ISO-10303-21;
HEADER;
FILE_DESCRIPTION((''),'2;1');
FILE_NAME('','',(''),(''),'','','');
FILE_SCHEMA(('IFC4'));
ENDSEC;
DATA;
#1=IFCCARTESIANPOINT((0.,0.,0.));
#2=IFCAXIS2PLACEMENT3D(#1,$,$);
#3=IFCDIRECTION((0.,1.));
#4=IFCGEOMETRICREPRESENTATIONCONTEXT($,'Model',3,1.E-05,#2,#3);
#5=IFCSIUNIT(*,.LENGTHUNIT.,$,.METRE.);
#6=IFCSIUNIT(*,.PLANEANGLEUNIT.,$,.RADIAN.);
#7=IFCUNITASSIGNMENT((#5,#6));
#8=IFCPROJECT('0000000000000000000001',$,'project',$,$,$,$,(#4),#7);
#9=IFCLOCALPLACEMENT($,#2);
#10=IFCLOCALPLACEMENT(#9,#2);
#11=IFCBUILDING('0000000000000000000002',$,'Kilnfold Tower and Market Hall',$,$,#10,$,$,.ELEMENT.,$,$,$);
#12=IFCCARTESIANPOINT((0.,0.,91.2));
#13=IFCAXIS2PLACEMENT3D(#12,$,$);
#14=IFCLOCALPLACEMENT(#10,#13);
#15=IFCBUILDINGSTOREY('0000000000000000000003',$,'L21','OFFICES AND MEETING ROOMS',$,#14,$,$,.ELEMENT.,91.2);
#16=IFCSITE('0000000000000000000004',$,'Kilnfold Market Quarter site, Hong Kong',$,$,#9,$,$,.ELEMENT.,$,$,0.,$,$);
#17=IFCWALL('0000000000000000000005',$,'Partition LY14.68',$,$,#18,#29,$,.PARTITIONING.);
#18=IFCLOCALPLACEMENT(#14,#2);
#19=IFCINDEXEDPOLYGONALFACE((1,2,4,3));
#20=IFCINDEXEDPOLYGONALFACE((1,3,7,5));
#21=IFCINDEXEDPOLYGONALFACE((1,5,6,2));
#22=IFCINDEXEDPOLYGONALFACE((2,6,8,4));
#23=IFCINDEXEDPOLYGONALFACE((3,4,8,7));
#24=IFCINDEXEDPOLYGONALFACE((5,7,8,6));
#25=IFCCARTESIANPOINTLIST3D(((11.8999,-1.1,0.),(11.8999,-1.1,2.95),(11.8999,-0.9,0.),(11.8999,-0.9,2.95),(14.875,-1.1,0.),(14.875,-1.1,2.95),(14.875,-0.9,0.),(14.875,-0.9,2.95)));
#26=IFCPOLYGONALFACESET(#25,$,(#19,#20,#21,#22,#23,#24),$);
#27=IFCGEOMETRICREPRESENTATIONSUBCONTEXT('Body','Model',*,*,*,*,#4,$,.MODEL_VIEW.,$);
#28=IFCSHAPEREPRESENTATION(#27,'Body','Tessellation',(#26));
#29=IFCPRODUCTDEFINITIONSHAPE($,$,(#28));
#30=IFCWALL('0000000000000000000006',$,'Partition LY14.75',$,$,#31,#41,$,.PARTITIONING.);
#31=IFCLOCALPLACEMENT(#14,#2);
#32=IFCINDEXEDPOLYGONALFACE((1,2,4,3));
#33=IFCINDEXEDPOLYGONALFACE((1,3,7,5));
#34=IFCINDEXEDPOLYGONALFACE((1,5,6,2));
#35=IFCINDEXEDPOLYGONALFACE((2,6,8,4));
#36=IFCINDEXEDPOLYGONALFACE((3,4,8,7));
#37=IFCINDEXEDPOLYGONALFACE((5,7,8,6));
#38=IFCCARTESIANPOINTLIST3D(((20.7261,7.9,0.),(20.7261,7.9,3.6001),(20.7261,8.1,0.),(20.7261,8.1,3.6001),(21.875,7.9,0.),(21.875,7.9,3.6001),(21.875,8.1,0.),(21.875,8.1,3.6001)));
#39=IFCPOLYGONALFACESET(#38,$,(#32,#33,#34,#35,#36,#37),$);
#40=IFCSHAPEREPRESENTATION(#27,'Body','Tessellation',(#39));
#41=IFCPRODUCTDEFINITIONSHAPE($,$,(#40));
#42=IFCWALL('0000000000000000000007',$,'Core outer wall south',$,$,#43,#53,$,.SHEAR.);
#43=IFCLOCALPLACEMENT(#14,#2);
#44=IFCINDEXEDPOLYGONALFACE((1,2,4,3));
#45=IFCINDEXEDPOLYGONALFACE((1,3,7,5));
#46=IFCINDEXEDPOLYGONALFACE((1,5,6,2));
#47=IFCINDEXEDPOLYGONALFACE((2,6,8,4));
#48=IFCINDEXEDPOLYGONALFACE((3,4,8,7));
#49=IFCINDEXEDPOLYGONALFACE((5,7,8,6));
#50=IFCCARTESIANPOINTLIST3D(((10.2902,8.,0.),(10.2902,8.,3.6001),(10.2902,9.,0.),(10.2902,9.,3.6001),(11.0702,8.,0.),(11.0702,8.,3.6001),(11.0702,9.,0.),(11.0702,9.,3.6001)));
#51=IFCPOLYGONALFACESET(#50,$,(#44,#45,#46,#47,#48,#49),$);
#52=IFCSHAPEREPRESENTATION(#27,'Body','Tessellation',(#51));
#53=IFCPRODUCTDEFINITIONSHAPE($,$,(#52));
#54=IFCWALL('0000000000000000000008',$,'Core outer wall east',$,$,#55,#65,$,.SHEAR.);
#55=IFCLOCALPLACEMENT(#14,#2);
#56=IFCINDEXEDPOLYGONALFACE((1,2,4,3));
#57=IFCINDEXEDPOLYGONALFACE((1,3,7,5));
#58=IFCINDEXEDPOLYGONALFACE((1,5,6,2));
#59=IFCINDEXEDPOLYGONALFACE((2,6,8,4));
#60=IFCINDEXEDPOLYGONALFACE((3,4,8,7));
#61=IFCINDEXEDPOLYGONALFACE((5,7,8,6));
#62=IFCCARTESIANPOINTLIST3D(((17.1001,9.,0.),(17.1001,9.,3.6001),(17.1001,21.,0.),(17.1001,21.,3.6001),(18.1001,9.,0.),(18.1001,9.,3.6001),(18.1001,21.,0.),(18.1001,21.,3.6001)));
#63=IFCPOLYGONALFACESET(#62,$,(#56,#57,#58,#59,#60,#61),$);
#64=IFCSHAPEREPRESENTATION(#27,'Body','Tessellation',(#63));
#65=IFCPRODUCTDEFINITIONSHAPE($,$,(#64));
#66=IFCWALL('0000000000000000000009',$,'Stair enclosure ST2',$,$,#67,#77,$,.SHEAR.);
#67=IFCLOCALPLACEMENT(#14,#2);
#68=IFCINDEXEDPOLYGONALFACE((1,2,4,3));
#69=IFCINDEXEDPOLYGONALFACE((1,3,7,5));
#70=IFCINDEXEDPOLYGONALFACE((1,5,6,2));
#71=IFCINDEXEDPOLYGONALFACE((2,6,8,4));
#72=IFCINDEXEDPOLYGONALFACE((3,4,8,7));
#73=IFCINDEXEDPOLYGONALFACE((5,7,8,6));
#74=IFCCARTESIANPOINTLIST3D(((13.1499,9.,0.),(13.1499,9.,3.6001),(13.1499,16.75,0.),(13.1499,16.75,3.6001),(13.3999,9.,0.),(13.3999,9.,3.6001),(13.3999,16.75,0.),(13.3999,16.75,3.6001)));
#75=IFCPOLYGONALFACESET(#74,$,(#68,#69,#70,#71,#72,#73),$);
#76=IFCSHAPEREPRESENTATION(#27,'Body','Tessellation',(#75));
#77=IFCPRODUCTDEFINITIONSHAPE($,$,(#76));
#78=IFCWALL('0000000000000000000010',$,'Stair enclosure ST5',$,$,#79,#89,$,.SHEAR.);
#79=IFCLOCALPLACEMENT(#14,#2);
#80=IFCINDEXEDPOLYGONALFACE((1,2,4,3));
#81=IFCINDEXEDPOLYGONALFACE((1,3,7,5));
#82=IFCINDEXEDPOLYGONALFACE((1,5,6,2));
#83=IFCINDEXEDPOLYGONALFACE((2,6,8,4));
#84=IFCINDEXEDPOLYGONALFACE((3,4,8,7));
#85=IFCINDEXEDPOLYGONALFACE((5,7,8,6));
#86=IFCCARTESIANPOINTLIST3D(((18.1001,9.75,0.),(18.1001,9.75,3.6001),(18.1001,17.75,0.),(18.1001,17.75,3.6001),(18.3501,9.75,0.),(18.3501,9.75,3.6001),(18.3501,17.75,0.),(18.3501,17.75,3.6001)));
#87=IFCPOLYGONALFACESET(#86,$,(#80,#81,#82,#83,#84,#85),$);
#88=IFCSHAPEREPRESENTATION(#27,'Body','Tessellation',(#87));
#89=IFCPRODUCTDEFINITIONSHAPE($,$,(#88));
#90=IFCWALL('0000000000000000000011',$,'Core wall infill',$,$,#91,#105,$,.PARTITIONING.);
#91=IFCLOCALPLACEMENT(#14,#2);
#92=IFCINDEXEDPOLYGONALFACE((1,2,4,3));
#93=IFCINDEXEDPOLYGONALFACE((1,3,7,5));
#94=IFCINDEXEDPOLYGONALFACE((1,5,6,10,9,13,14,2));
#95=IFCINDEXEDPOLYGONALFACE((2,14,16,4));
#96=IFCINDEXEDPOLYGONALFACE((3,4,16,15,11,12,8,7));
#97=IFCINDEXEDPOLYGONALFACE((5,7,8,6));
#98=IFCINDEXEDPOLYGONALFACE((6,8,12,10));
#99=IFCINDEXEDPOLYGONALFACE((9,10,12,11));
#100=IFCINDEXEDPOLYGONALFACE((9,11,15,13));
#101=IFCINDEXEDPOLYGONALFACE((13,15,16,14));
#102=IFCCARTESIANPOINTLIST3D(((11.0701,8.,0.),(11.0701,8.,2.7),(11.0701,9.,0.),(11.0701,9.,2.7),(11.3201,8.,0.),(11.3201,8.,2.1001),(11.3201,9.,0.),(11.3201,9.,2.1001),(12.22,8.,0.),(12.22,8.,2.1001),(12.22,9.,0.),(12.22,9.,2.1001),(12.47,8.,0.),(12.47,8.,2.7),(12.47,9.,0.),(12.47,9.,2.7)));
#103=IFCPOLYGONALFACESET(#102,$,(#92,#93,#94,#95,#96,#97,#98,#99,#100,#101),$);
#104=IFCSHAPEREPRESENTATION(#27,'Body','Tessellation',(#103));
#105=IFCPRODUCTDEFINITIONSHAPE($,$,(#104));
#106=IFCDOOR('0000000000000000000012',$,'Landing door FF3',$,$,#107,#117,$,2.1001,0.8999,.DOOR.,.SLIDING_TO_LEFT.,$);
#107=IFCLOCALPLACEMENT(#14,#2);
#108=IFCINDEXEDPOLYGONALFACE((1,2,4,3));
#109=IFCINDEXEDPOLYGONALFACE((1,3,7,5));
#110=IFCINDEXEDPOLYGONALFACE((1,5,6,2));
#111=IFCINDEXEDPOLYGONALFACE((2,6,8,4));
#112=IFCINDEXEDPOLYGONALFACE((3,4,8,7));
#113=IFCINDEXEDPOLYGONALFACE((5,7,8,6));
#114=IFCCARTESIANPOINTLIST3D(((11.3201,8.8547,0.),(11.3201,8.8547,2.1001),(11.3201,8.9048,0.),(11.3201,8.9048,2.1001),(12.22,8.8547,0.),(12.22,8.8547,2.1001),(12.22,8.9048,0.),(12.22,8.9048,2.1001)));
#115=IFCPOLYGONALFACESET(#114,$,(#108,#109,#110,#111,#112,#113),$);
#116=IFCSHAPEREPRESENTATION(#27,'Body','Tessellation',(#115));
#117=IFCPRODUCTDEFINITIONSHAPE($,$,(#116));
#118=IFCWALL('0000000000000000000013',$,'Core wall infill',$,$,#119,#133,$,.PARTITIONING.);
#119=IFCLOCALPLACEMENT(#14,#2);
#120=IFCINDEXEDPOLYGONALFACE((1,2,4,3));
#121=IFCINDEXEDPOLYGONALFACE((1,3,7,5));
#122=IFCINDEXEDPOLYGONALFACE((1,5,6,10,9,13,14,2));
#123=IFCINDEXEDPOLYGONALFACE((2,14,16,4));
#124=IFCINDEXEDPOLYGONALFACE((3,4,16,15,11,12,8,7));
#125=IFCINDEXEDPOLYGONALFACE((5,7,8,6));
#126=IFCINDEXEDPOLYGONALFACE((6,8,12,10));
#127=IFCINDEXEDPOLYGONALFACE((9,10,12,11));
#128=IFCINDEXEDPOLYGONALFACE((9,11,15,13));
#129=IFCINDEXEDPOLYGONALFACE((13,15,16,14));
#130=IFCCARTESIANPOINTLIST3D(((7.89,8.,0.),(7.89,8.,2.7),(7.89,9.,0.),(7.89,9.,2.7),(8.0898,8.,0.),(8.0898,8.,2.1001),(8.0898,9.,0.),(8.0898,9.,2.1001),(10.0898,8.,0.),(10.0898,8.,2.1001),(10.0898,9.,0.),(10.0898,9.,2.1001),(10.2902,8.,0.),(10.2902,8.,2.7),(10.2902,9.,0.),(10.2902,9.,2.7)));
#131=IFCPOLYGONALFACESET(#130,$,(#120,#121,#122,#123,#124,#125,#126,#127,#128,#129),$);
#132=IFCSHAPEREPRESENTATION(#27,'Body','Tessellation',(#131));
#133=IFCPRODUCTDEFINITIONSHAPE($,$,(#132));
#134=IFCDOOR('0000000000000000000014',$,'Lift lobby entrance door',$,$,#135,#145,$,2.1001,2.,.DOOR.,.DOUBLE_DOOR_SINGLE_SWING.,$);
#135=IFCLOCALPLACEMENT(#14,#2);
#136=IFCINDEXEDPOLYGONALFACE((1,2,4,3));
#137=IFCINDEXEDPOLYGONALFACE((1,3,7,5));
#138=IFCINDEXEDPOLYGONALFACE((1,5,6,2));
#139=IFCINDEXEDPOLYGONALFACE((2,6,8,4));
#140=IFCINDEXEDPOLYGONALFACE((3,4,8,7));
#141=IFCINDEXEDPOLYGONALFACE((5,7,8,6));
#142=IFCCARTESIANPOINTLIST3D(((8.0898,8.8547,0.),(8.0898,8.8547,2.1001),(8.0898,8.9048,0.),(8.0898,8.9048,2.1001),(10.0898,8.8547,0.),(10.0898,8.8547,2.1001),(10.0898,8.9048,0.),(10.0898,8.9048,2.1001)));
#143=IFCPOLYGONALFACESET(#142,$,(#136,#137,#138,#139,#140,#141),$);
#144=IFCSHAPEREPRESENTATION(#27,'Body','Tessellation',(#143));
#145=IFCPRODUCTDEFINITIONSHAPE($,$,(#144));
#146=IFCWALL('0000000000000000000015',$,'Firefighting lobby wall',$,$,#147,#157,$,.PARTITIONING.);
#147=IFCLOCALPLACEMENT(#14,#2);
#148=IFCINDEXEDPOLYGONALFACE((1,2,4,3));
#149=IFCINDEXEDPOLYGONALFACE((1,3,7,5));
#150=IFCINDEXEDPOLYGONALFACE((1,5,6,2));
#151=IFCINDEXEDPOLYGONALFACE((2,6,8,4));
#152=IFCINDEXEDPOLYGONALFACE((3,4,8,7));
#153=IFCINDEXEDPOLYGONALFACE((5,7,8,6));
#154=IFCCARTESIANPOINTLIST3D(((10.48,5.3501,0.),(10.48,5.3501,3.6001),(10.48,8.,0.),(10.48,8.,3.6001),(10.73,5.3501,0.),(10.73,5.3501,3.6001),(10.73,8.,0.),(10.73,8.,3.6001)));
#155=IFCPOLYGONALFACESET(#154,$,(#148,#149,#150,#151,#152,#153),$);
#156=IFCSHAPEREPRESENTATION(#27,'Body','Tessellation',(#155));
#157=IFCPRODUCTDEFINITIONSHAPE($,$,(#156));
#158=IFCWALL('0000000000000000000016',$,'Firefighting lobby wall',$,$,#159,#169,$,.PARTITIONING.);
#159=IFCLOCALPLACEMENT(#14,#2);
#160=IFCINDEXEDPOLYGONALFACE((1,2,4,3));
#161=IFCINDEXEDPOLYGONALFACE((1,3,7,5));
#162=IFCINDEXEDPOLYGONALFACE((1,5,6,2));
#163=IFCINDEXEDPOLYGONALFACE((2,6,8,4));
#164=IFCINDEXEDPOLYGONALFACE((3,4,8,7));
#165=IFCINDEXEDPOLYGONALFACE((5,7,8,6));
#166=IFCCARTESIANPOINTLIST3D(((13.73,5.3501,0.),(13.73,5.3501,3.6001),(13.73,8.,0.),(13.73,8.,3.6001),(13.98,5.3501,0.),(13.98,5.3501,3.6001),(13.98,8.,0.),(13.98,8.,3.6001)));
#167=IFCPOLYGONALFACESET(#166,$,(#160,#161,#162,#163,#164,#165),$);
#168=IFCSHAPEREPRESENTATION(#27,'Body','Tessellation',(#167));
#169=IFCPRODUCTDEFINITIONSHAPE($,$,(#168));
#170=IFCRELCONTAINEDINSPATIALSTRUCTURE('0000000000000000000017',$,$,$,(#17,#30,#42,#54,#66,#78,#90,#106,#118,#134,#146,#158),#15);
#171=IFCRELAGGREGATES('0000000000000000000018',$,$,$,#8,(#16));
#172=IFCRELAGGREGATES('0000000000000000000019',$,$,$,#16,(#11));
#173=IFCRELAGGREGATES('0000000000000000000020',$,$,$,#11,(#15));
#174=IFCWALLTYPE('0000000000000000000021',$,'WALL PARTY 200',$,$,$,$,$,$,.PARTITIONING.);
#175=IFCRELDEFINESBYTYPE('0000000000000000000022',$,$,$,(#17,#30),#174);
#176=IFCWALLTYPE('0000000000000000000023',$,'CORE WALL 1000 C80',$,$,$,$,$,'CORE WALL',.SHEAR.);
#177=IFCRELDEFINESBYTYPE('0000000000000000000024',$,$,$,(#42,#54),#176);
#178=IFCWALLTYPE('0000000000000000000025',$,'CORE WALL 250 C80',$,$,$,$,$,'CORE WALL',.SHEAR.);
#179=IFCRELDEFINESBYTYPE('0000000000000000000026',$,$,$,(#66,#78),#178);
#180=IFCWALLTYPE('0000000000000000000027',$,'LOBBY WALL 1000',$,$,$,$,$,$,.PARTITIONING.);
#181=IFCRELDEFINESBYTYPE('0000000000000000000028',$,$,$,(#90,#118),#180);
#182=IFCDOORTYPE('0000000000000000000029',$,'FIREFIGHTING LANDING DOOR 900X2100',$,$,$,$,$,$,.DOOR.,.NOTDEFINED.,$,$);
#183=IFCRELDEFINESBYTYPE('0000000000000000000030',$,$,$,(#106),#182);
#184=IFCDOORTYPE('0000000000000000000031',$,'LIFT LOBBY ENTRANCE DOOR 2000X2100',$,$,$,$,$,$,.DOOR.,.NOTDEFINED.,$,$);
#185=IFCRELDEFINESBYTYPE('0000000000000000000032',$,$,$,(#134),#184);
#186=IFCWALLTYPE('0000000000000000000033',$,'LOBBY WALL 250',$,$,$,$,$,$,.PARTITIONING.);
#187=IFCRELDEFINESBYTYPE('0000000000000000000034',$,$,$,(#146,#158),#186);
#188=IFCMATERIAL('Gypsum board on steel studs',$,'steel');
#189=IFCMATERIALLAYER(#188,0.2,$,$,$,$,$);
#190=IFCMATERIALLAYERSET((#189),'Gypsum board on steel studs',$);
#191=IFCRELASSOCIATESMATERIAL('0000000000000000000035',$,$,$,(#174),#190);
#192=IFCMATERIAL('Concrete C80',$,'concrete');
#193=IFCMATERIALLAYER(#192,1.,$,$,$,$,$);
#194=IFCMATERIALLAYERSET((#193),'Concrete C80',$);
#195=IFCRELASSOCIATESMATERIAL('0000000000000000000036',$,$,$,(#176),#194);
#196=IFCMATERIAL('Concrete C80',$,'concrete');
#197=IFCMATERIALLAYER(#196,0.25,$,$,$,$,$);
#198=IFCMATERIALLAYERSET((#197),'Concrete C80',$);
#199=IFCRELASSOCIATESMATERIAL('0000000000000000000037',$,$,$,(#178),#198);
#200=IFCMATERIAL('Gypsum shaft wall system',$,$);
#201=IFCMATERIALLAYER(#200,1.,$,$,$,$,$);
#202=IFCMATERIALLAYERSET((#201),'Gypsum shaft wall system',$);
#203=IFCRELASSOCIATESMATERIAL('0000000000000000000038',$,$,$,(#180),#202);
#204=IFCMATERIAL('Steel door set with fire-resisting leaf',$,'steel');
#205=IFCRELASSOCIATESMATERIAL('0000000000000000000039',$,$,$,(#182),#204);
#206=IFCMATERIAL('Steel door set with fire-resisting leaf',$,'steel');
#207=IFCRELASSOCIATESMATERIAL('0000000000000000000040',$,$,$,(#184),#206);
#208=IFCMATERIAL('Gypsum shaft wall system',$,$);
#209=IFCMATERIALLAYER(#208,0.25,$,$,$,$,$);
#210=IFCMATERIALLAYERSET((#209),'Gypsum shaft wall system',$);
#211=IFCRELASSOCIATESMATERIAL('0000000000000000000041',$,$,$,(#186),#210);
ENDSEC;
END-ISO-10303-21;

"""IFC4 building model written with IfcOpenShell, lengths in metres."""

from ifc_helpers import new_model, si_unit, direction, frame, frame_2d, origin, place, context, subcontext, project, spatial, rectangle, extrude, source, transform, mapped, material, layer, layer_set, type_object, element, fill, save


model = new_model("IFC4")

# Units and contexts
model_context = context("Model", 3, precision=1e-05, world=origin(), true_north=direction((0.0, 1.0)))
body_context = subcontext(model_context, "Body", "Model", "MODEL_VIEW")
ifc_project = project(units=[si_unit("LENGTHUNIT", "METRE"), si_unit("PLANEANGLEUNIT", "RADIAN")], contexts=[model_context])

# Site, building, storey
site_placement = place(None, origin())
site = spatial("IfcSite", under=ifc_project, at=site_placement, Name="Kilnfold Market Quarter site, Hong Kong", CompositionType="ELEMENT", RefElevation=0.0)
building_placement = place(site_placement, origin())
building = spatial("IfcBuilding", under=site, at=building_placement, Name="Kilnfold Tower and Market Hall", CompositionType="ELEMENT")
storey_placement = place(building_placement, frame((0.0, 0.0, 91.2)))
storey = spatial("IfcBuildingStorey", under=building, at=storey_placement, Name="L21", Description="OFFICES AND MEETING ROOMS", CompositionType="ELEMENT", Elevation=91.2)

# Walls
ifc_material_1 = material(Name="Gypsum board on steel studs", Category="steel")
ifc_layer_1 = layer(ifc_material_1, 0.2)
ifc_layer_set_1 = layer_set([ifc_layer_1], Name="Gypsum board on steel studs")
wall_type_1 = type_object("IfcWallType", Name="WALL PARTY 200", PredefinedType="PARTITIONING", material=ifc_layer_set_1)
wall_1_placement = place(storey_placement, frame((11.8999, -1.0, 0.0), z_axis=(0.0, 0.0, 1.0), x_axis=(1.0, 0.0, 0.0)))
element("IfcWall", 1, at=wall_1_placement, inside=storey, type_object=wall_type_1, Name="Partition LY14.68", PredefinedType="PARTITIONING", context=body_context, shape_type="SweptSolid", body=[
    extrude(rectangle(XDim=2.9751, YDim=0.2, at=frame_2d((1.4875, 0.0))), origin(), (0.0, 0.0, 1.0), 2.95),
])
wall_2_placement = place(storey_placement, frame((20.7261, 8.0, 0.0), z_axis=(0.0, 0.0, 1.0), x_axis=(1.0, 0.0, 0.0)))
element("IfcWall", 2, at=wall_2_placement, inside=storey, type_object=wall_type_1, Name="Partition LY14.75", PredefinedType="PARTITIONING", context=body_context, shape_type="SweptSolid", body=[
    extrude(rectangle(XDim=1.1489, YDim=0.2, at=frame_2d((0.5745, 0.0))), origin(), (0.0, 0.0, 1.0), 3.6001),
])
ifc_material_2 = material(Name="Concrete C80", Category="concrete")
ifc_layer_2 = layer(ifc_material_2, 1.0)
ifc_layer_set_2 = layer_set([ifc_layer_2], Name="Concrete C80")
wall_type_2 = type_object("IfcWallType", Name="CORE WALL 1000 C80", ElementType="CORE WALL", PredefinedType="SHEAR", material=ifc_layer_set_2)
shared_shape_1 = source(origin(), body_context, "Body", "SweptSolid", [
    extrude(rectangle(XDim=0.78, YDim=1.0, at=frame_2d((0.3901, 0.0))), origin(), (0.0, 0.0, 1.0), 3.6001),
])
wall_3_placement = place(storey_placement, frame((10.29, 8.5, 0.0), z_axis=(0.0, 0.0, 1.0), x_axis=(1.0, 0.0, 0.0)))
element("IfcWall", 3, at=wall_3_placement, inside=storey, type_object=wall_type_2, Name="Core outer wall south", PredefinedType="SHEAR", context=body_context, shape_type="MappedRepresentation", body=[
    mapped(shared_shape_1, transform((0.0, 0.0, 0.0))),
])

# Walls
shared_shape_2 = source(origin(), body_context, "Body", "SweptSolid", [
    extrude(rectangle(XDim=12.0, YDim=1.0, at=frame_2d((6.0, 0.0))), origin(), (0.0, 0.0, 1.0), 3.6001),
])
wall_4_placement = place(storey_placement, frame((17.6001, 9.0, 0.0), z_axis=(0.0, 0.0, 1.0), x_axis=(0.0, 1.0, 0.0)))
element("IfcWall", 4, at=wall_4_placement, inside=storey, type_object=wall_type_2, Name="Core outer wall east", PredefinedType="SHEAR", context=body_context, shape_type="MappedRepresentation", body=[
    mapped(shared_shape_2, transform((0.0, 0.0, 0.0))),
])
ifc_material_3 = material(Name="Concrete C80", Category="concrete")
ifc_layer_3 = layer(ifc_material_3, 0.25)
ifc_layer_set_3 = layer_set([ifc_layer_3], Name="Concrete C80")
wall_type_3 = type_object("IfcWallType", Name="CORE WALL 250 C80", ElementType="CORE WALL", PredefinedType="SHEAR", material=ifc_layer_set_3)
shared_shape_3 = source(origin(), body_context, "Body", "SweptSolid", [
    extrude(rectangle(XDim=7.75, YDim=0.25, at=frame_2d((3.875, 0.0))), origin(), (0.0, 0.0, 1.0), 3.6001),
])
wall_5_placement = place(storey_placement, frame((13.2749, 9.0, 0.0), z_axis=(0.0, 0.0, 1.0), x_axis=(0.0, 1.0, 0.0)))
element("IfcWall", 5, at=wall_5_placement, inside=storey, type_object=wall_type_3, Name="Stair enclosure ST2", PredefinedType="SHEAR", context=body_context, shape_type="MappedRepresentation", body=[
    mapped(shared_shape_3, transform((0.0, 0.0, 0.0))),
])
shared_shape_4 = source(origin(), body_context, "Body", "SweptSolid", [
    extrude(rectangle(XDim=8.0, YDim=0.25, at=frame_2d((4.0, 0.0))), origin(), (0.0, 0.0, 1.0), 3.6001),
])
wall_6_placement = place(storey_placement, frame((18.2251, 9.75, 0.0), z_axis=(0.0, 0.0, 1.0), x_axis=(0.0, 1.0, 0.0)))
element("IfcWall", 6, at=wall_6_placement, inside=storey, type_object=wall_type_3, Name="Stair enclosure ST5", PredefinedType="SHEAR", context=body_context, shape_type="MappedRepresentation", body=[
    mapped(shared_shape_4, transform((0.0, 0.0, 0.0))),
])

# Walls, openings, doors
ifc_material_4 = material(Name="Gypsum shaft wall system")
ifc_layer_4 = layer(ifc_material_4, 1.0)
ifc_layer_set_4 = layer_set([ifc_layer_4], Name="Gypsum shaft wall system")
wall_type_4 = type_object("IfcWallType", Name="LOBBY WALL 1000", PredefinedType="PARTITIONING", material=ifc_layer_set_4)
shared_shape_5 = source(origin(), body_context, "Body", "SweptSolid", [
    extrude(rectangle(XDim=1.3999, YDim=1.0, at=frame_2d((0.7, 0.0))), origin(), (0.0, 0.0, 1.0), 2.7),
])
wall_7_placement = place(storey_placement, frame((11.0701, 8.5, 0.0), z_axis=(0.0, 0.0, 1.0), x_axis=(1.0, 0.0, 0.0)))
wall_7 = element("IfcWall", 7, at=wall_7_placement, inside=storey, type_object=wall_type_4, Name="Core wall infill", PredefinedType="PARTITIONING", context=body_context, shape_type="MappedRepresentation", body=[
    mapped(shared_shape_5, transform((0.0, 0.0, 0.0))),
])
opening_1_placement = place(wall_7_placement, frame((0.25, 0.0, 0.0)))
opening_1 = element("IfcOpeningElement", 8, at=opening_1_placement, cuts=wall_7, PredefinedType="OPENING", context=body_context, shape_type="SweptSolid", body=[
    extrude(rectangle(XDim=0.8999, YDim=2.1001, at=frame_2d((0.45, 1.05))), frame((0.0, 0.51, 0.0), z_axis=(0.0, -1.0, 0.0), x_axis=(1.0, 0.0, 0.0)), (0.0, 0.0, 1.0), 1.02),
])
ifc_material_5 = material(Name="Steel door set with fire-resisting leaf", Category="steel")
door_type_1 = type_object("IfcDoorType", Name="FIREFIGHTING LANDING DOOR 900X2100", OperationType="NOTDEFINED", PredefinedType="DOOR", material=ifc_material_5)
door_1_placement = place(opening_1_placement, origin())
door_1 = element("IfcDoor", 9, at=door_1_placement, inside=storey, type_object=door_type_1, Name="Landing door FF3", OperationType="SLIDING_TO_LEFT", OverallHeight=2.1001, OverallWidth=0.8999, PredefinedType="DOOR", context=body_context, shape_type="SweptSolid", body=[
    extrude(rectangle(XDim=0.8999, YDim=2.1001, at=frame_2d((0.45, 1.05))), frame((0.0, 0.4048, 0.0), z_axis=(0.0, -1.0, 0.0), x_axis=(1.0, 0.0, 0.0)), (0.0, 0.0, 1.0), 0.05),
])
fill(opening_1, door_1)
shared_shape_6 = source(origin(), body_context, "Body", "SweptSolid", [
    extrude(rectangle(XDim=2.4001, YDim=1.0, at=frame_2d((1.2002, 0.0))), origin(), (0.0, 0.0, 1.0), 2.7),
])
wall_8_placement = place(storey_placement, frame((7.8899, 8.5, 0.0), z_axis=(0.0, 0.0, 1.0), x_axis=(1.0, 0.0, 0.0)))
wall_8 = element("IfcWall", 10, at=wall_8_placement, inside=storey, type_object=wall_type_4, Name="Core wall infill", PredefinedType="PARTITIONING", context=body_context, shape_type="MappedRepresentation", body=[
    mapped(shared_shape_6, transform((0.0, 0.0, 0.0))),
])
opening_2_placement = place(wall_8_placement, frame((0.2, 0.0, 0.0)))
opening_2 = element("IfcOpeningElement", 11, at=opening_2_placement, cuts=wall_8, PredefinedType="OPENING", context=body_context, shape_type="SweptSolid", body=[
    extrude(rectangle(XDim=2.0, YDim=2.1001, at=frame_2d((1.0, 1.05))), frame((0.0, 0.51, 0.0), z_axis=(0.0, -1.0, 0.0), x_axis=(1.0, 0.0, 0.0)), (0.0, 0.0, 1.0), 1.02),
])
ifc_material_6 = material(Name="Steel door set with fire-resisting leaf", Category="steel")
door_type_2 = type_object("IfcDoorType", Name="LIFT LOBBY ENTRANCE DOOR 2000X2100", OperationType="NOTDEFINED", PredefinedType="DOOR", material=ifc_material_6)
door_2_placement = place(opening_2_placement, origin())
door_2 = element("IfcDoor", 12, at=door_2_placement, inside=storey, type_object=door_type_2, Name="Lift lobby entrance door", OperationType="DOUBLE_DOOR_SINGLE_SWING", OverallHeight=2.1001, OverallWidth=2.0, PredefinedType="DOOR", context=body_context, shape_type="SweptSolid", body=[
    extrude(rectangle(XDim=2.0, YDim=2.1001, at=frame_2d((1.0, 1.05))), frame((0.0, 0.4048, 0.0), z_axis=(0.0, -1.0, 0.0), x_axis=(1.0, 0.0, 0.0)), (0.0, 0.0, 1.0), 0.05),
])
fill(opening_2, door_2)

# Walls
ifc_material_7 = material(Name="Gypsum shaft wall system")
ifc_layer_5 = layer(ifc_material_7, 0.25)
ifc_layer_set_5 = layer_set([ifc_layer_5], Name="Gypsum shaft wall system")
wall_type_5 = type_object("IfcWallType", Name="LOBBY WALL 250", PredefinedType="PARTITIONING", material=ifc_layer_set_5)
shared_shape_7 = source(origin(), body_context, "Body", "SweptSolid", [
    extrude(rectangle(XDim=2.6499, YDim=0.25, at=frame_2d((1.325, 0.0))), origin(), (0.0, 0.0, 1.0), 3.6001),
])
for number, where, z_axis, x_axis, name in (
    (13, (10.605, 5.3501, 0.0), (0.0, 0.0, 1.0), (0.0, 1.0, 0.0), "Firefighting lobby wall"),
    (14, (13.855, 5.3501, 0.0), (0.0, 0.0, 1.0), (0.0, 1.0, 0.0), "Firefighting lobby wall"),
):
    element("IfcWall", number, at=place(storey_placement, frame(where, z_axis=z_axis, x_axis=x_axis)), inside=storey, type_object=wall_type_5, Name=name, PredefinedType="PARTITIONING", context=body_context, shape_type="MappedRepresentation", body=[
        mapped(shared_shape_7, transform((0.0, 0.0, 0.0))),
    ])

save(model, "model.ifc")
